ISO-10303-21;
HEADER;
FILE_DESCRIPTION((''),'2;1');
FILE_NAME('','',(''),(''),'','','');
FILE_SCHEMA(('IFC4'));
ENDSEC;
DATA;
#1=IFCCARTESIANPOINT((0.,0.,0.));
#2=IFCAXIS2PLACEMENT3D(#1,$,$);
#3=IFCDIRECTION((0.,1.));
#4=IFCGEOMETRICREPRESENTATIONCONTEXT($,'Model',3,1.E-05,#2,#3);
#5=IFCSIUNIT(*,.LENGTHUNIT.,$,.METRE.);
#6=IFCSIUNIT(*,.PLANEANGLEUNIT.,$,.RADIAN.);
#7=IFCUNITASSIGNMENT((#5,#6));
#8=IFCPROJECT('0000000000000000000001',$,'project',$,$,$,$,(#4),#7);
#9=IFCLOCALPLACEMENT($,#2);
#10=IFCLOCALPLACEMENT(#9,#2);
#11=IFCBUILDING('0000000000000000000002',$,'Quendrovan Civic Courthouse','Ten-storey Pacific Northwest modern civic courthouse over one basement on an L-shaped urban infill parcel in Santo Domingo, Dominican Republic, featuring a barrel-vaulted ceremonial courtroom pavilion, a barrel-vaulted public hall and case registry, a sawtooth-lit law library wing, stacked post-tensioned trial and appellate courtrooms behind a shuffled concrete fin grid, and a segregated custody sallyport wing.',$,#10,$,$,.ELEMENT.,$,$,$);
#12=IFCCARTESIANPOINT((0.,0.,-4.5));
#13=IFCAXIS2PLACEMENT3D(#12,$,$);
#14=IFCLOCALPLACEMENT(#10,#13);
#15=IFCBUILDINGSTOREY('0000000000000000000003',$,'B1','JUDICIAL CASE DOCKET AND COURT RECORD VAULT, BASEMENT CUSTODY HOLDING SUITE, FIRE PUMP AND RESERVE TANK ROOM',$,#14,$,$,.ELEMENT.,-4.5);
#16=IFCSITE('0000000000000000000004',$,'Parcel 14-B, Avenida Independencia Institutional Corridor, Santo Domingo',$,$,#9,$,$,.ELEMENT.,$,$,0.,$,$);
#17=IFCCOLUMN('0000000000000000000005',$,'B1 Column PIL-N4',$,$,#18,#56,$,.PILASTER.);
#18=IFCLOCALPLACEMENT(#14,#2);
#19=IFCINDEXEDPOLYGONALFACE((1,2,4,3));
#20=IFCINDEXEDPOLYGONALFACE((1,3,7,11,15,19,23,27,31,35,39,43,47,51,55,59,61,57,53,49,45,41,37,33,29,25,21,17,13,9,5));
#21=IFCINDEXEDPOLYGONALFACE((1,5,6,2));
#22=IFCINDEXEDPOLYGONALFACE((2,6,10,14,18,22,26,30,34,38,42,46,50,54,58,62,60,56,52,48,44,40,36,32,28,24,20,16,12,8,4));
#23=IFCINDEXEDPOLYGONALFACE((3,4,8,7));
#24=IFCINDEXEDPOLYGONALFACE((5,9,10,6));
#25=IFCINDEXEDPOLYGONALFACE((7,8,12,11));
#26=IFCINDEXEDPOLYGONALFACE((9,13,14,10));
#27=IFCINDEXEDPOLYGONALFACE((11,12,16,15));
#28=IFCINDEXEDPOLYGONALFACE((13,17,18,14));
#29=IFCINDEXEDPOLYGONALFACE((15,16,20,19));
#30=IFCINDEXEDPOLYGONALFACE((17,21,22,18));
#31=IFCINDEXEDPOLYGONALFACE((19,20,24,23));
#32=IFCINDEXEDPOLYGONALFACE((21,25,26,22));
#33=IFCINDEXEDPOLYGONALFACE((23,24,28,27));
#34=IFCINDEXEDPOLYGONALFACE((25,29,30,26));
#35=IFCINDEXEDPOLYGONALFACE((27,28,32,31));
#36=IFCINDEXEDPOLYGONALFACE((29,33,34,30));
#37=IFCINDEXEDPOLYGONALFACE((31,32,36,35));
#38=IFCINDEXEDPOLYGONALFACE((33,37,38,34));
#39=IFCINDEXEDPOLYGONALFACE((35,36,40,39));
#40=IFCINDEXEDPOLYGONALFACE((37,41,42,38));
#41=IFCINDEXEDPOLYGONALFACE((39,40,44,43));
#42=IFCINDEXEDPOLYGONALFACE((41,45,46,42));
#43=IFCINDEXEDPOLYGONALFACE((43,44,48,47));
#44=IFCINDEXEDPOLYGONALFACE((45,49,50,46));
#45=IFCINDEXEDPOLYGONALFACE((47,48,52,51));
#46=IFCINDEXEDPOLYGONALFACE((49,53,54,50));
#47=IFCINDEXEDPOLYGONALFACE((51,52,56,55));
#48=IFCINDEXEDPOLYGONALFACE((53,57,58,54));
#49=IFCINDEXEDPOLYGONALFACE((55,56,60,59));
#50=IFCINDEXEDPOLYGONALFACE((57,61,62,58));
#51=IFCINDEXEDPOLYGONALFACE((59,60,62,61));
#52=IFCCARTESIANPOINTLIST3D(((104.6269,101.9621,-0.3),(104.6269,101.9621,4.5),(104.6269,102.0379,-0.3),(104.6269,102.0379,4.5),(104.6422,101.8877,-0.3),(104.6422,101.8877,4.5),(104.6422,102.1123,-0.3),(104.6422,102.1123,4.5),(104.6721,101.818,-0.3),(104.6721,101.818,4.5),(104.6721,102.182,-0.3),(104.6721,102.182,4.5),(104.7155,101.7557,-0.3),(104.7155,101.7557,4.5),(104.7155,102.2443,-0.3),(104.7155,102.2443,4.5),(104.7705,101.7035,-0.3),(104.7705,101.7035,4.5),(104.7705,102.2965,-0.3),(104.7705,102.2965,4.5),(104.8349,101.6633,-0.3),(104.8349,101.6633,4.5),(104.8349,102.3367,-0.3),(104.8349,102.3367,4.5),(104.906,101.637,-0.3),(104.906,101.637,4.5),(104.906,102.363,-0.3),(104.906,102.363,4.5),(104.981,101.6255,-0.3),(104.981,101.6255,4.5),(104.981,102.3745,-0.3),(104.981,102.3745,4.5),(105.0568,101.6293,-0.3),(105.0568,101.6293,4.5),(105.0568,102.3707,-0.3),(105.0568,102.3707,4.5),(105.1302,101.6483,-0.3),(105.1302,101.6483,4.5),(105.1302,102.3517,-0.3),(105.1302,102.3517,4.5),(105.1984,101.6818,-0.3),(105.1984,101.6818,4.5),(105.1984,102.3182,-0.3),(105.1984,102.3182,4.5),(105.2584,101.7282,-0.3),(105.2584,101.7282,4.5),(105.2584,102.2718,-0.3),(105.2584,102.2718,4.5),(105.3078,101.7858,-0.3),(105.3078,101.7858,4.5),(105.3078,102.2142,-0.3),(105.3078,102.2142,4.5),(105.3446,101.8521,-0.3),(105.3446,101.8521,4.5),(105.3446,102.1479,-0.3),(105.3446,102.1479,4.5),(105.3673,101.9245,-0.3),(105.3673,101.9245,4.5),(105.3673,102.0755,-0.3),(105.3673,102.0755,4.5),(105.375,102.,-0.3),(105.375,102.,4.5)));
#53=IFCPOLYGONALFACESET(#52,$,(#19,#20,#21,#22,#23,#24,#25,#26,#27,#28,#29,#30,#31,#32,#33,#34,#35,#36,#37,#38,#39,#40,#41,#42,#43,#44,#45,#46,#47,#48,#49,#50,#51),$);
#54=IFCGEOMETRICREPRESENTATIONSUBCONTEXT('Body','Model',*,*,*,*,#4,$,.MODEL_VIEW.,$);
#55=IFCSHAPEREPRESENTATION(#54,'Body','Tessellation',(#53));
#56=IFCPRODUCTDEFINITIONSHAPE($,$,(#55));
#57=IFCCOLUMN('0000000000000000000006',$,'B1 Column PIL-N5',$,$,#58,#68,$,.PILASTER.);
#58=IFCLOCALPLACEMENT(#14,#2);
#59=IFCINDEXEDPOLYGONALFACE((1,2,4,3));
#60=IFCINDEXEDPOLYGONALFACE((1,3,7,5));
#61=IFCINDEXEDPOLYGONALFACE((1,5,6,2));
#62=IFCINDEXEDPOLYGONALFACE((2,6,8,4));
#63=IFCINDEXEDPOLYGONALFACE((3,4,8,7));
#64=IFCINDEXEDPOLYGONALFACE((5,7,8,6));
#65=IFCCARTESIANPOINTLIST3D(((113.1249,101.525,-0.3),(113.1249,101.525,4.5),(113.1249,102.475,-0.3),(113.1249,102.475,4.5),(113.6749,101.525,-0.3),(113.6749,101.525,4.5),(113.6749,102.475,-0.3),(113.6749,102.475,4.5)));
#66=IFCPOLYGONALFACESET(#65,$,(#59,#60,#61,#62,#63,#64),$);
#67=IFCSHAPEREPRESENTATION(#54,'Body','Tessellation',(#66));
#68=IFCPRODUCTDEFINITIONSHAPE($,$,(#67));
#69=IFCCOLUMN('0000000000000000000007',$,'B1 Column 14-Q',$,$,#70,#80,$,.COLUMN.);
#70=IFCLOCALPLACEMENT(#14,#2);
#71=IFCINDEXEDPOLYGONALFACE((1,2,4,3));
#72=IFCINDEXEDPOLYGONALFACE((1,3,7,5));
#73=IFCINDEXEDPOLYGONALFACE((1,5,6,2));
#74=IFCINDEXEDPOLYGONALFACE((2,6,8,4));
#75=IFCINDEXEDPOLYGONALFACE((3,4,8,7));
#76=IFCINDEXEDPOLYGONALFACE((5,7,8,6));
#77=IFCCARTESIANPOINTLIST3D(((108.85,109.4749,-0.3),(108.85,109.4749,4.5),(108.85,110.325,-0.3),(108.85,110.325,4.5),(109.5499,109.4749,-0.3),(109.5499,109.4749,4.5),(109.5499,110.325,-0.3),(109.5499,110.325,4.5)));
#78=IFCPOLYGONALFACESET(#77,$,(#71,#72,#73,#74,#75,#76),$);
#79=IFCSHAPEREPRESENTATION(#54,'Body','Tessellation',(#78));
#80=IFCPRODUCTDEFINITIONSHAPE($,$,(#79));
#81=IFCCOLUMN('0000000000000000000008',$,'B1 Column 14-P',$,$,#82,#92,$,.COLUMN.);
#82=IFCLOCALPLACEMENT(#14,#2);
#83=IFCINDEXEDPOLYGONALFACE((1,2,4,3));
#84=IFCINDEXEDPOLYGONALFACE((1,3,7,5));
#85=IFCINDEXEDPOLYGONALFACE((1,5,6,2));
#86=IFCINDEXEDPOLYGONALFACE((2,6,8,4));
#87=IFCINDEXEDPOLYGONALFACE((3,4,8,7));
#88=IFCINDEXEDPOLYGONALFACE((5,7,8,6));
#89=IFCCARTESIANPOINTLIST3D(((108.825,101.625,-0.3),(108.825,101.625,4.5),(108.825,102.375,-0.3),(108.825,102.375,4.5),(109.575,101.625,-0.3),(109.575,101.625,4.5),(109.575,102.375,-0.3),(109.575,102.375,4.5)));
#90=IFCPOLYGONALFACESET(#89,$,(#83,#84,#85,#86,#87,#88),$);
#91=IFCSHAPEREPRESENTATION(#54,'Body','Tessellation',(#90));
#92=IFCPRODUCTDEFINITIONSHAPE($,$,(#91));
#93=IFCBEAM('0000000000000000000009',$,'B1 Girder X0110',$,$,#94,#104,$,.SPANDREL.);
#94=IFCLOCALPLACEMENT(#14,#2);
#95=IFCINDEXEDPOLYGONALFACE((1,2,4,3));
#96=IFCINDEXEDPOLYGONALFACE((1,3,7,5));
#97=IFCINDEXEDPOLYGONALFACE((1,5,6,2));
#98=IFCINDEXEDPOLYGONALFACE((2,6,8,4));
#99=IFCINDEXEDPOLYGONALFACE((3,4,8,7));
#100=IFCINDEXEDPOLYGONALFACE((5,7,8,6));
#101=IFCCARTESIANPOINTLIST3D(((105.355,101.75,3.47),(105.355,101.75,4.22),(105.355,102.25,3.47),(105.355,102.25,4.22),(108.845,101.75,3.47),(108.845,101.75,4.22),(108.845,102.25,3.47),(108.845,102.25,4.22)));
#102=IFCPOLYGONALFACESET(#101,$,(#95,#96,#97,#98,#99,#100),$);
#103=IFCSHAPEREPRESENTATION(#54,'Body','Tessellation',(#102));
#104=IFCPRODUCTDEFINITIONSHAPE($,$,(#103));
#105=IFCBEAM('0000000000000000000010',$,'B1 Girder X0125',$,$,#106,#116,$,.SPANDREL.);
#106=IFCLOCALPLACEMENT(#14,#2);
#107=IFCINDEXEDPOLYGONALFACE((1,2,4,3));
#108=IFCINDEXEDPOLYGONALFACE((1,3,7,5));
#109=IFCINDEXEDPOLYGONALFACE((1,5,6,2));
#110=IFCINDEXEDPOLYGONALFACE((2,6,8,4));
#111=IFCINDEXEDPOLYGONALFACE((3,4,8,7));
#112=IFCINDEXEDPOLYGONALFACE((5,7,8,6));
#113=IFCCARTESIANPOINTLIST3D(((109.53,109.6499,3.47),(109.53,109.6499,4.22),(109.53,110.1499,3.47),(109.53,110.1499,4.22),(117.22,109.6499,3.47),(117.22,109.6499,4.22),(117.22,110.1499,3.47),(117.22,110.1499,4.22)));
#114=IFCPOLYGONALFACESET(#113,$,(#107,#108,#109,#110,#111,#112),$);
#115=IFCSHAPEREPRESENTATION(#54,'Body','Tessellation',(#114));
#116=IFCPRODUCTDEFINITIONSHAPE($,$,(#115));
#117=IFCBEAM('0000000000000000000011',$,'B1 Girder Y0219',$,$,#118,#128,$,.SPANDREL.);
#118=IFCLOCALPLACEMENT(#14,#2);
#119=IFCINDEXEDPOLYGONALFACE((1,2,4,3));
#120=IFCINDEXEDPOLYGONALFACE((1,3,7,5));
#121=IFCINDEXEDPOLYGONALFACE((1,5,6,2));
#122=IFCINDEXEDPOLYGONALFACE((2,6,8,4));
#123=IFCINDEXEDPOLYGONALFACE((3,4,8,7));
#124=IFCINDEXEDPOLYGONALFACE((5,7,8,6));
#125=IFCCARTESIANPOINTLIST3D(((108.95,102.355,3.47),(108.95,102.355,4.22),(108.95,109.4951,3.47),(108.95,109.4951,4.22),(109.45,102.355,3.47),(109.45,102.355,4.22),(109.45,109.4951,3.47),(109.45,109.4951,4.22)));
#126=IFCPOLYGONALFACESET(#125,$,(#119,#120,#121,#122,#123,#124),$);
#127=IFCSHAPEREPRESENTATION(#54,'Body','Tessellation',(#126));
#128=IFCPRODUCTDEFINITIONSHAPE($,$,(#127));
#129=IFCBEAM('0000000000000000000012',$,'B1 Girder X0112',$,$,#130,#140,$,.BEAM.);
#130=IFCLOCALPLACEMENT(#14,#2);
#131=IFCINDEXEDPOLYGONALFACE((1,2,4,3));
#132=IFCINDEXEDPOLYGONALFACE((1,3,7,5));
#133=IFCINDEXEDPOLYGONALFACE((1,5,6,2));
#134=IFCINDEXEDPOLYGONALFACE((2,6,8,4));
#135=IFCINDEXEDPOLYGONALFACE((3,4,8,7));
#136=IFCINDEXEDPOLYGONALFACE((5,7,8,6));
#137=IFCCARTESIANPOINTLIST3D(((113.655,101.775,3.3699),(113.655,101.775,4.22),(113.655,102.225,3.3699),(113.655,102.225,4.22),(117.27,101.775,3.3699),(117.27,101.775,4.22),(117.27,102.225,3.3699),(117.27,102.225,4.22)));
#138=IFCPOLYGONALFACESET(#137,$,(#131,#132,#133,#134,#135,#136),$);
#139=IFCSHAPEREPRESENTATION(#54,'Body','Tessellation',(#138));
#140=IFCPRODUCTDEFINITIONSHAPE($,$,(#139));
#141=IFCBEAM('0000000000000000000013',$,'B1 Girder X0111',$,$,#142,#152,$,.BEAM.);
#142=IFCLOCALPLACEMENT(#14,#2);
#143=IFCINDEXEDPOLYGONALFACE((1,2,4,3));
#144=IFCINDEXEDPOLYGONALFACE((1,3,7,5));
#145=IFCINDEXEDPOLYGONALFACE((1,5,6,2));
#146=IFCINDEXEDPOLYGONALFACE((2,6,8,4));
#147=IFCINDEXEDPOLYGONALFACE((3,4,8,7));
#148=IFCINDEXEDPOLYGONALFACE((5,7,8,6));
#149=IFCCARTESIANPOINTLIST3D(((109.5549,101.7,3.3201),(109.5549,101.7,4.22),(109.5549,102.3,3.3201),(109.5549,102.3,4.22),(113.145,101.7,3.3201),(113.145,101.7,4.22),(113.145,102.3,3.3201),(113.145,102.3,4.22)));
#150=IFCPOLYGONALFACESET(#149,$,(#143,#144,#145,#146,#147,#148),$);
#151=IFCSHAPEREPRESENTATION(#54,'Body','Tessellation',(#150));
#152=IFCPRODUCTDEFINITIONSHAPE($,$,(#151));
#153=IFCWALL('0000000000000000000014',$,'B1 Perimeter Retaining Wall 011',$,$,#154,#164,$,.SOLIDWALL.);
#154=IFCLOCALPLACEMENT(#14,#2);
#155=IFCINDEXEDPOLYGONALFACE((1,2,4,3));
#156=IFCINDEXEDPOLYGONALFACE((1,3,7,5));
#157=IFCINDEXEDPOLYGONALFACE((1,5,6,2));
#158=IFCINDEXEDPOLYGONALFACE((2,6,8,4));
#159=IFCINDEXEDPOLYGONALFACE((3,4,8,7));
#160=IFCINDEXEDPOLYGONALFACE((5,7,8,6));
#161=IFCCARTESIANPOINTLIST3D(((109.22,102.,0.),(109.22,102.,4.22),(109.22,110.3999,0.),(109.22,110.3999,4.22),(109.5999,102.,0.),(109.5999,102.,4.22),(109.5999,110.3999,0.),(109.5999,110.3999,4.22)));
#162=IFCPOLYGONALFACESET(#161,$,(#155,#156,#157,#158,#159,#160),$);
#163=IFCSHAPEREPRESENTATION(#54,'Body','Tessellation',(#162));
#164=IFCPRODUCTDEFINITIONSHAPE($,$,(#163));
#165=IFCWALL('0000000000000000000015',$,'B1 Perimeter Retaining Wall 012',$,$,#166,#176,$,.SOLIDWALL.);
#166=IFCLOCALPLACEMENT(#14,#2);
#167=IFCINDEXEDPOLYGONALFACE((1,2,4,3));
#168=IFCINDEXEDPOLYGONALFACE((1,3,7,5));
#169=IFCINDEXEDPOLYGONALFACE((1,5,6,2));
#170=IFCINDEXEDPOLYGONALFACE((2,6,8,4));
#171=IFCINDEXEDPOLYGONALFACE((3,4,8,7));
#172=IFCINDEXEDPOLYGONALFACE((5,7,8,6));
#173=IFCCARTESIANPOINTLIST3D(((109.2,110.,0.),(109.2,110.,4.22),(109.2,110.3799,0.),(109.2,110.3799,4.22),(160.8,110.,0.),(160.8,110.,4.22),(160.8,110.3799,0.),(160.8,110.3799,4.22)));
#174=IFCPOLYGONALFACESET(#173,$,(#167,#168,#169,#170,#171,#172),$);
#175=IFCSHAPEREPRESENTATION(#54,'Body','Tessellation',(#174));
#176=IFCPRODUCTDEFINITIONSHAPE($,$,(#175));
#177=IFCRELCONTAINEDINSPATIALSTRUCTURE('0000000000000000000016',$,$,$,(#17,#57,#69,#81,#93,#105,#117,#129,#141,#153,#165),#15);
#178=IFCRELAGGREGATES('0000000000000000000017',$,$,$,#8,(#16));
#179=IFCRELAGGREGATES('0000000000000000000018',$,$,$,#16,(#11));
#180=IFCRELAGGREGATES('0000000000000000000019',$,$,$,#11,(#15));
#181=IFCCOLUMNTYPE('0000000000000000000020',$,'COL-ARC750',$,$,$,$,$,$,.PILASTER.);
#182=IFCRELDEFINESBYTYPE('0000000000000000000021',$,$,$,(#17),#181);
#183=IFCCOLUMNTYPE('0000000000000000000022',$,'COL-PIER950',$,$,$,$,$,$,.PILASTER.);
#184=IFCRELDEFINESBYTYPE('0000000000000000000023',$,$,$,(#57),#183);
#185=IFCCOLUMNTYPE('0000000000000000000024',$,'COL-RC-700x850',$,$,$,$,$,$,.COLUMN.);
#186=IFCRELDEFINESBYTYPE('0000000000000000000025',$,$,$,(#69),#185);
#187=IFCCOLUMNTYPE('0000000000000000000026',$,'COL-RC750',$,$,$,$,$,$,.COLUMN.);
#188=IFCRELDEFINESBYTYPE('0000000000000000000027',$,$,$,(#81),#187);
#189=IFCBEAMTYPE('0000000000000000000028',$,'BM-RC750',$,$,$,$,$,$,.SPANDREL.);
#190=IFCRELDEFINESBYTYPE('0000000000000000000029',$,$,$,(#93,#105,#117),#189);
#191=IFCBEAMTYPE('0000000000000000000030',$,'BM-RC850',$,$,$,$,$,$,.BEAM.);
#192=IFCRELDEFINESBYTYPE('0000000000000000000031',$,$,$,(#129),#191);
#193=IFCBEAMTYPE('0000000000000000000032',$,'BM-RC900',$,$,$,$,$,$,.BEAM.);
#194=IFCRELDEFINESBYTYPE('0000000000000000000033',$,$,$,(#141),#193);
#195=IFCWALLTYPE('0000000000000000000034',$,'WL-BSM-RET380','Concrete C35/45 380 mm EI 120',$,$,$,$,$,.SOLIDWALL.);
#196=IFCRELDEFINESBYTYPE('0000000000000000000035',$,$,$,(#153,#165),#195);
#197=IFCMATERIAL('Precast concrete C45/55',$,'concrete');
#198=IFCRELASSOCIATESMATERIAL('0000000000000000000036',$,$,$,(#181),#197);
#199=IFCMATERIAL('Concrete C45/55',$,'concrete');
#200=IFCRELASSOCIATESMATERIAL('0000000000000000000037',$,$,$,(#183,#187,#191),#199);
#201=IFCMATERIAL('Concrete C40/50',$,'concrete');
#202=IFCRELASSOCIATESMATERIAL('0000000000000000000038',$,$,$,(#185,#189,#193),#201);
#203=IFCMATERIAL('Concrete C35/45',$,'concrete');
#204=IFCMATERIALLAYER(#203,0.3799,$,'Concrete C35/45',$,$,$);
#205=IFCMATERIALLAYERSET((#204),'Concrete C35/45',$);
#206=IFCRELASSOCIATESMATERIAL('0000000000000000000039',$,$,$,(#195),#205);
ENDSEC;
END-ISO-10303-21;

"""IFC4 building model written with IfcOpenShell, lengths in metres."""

from ifc_helpers import new_model, si_unit, direction, frame, frame_2d, origin, origin_2d, place, context, subcontext, project, spatial, rectangle, circle, extrude, material, layer, layer_set, material_profile, profile_set, type_object, element, save


model = new_model("IFC4")

# Units and contexts
model_context = context("Model", 3, precision=1e-05, world=origin(), true_north=direction((0.0, 1.0)))
body_context = subcontext(model_context, "Body", "Model", "MODEL_VIEW")
ifc_project = project(units=[si_unit("LENGTHUNIT", "METRE"), si_unit("PLANEANGLEUNIT", "RADIAN")], contexts=[model_context])

# Site, building, storey
site_placement = place(None, origin())
site = spatial("IfcSite", under=ifc_project, at=site_placement, Name="Parcel 14-B, Avenida Independencia Institutional Corridor, Santo Domingo", CompositionType="ELEMENT", RefElevation=0.0)
building_placement = place(site_placement, origin())
building = spatial("IfcBuilding", under=site, at=building_placement, Name="Quendrovan Civic Courthouse", Description="Ten-storey Pacific Northwest modern civic courthouse over one basement on an L-shaped urban infill parcel in Santo Domingo, Dominican Republic, featuring a barrel-vaulted ceremonial courtroom pavilion, a barrel-vaulted public hall and case registry, a sawtooth-lit law library wing, stacked post-tensioned trial and appellate courtrooms behind a shuffled concrete fin grid, and a segregated custody sallyport wing.", CompositionType="ELEMENT")
storey_placement = place(building_placement, frame((0.0, 0.0, -4.5)))
storey = spatial("IfcBuildingStorey", under=building, at=storey_placement, Name="B1", Description="JUDICIAL CASE DOCKET AND COURT RECORD VAULT, BASEMENT CUSTODY HOLDING SUITE, FIRE PUMP AND RESERVE TANK ROOM", CompositionType="ELEMENT", Elevation=-4.5)

# Shared definitions
ifc_material_1 = material(Name="Concrete C35/45", Category="concrete")

# Columns
ifc_material_2 = material(Name="Precast concrete C45/55", Category="concrete")
ifc_material_profile_1 = material_profile(ifc_material_2, circle(Radius=0.375, at=origin_2d()), Name="RC-ARCADE-D750")
ifc_profile_set_1 = profile_set([ifc_material_profile_1], Name="Precast concrete C45/55")
column_type_1 = type_object("IfcColumnType", Name="COL-ARC750", PredefinedType="PILASTER", material=ifc_profile_set_1)
column_1_placement = place(storey_placement, frame((105.0, 102.0, -0.3), z_axis=(0.0, 0.0, 1.0), x_axis=(1.0, 0.0, 0.0)))
element("IfcColumn", 1, at=column_1_placement, inside=storey, type_object=column_type_1, Name="B1 Column PIL-N4", PredefinedType="PILASTER", context=body_context, shape_type="SweptSolid", body=[
    extrude(circle(Radius=0.375, at=origin_2d()), origin(), (0.0, 0.0, 1.0), 4.8),
])
ifc_material_3 = material(Name="Concrete C45/55", Category="concrete")
ifc_material_profile_2 = material_profile(ifc_material_3, rectangle(XDim=0.55, YDim=0.95, at=origin_2d()), Name="RC-PIER-550x950")
ifc_profile_set_2 = profile_set([ifc_material_profile_2], Name="Concrete C45/55")
column_type_2 = type_object("IfcColumnType", Name="COL-PIER950", PredefinedType="PILASTER", material=ifc_profile_set_2)
column_2_placement = place(storey_placement, frame((113.3999, 102.0, -0.3), z_axis=(0.0, 0.0, 1.0), x_axis=(1.0, 0.0, 0.0)))
element("IfcColumn", 2, at=column_2_placement, inside=storey, type_object=column_type_2, Name="B1 Column PIL-N5", PredefinedType="PILASTER", context=body_context, shape_type="SweptSolid", body=[
    extrude(rectangle(XDim=0.55, YDim=0.95, at=origin_2d()), origin(), (0.0, 0.0, 1.0), 4.8),
])
ifc_material_4 = material(Name="Concrete C40/50", Category="concrete")
ifc_material_profile_3 = material_profile(ifc_material_4, rectangle(XDim=0.7, YDim=0.8501, at=origin_2d()), Name="RC-COL-700x850")
ifc_profile_set_3 = profile_set([ifc_material_profile_3], Name="Concrete C40/50")
column_type_3 = type_object("IfcColumnType", Name="COL-RC-700x850", PredefinedType="COLUMN", material=ifc_profile_set_3)
column_3_placement = place(storey_placement, frame((109.2, 109.8999, -0.3), z_axis=(0.0, 0.0, 1.0), x_axis=(1.0, 0.0, 0.0)))
element("IfcColumn", 3, at=column_3_placement, inside=storey, type_object=column_type_3, Name="B1 Column 14-Q", PredefinedType="COLUMN", context=body_context, shape_type="SweptSolid", body=[
    extrude(rectangle(XDim=0.7, YDim=0.8501, at=origin_2d()), origin(), (0.0, 0.0, 1.0), 4.8),
])
ifc_material_profile_4 = material_profile(ifc_material_3, rectangle(XDim=0.75, YDim=0.75, at=origin_2d()), Name="RC-COL-750x750")
ifc_profile_set_4 = profile_set([ifc_material_profile_4], Name="Concrete C45/55")
column_type_4 = type_object("IfcColumnType", Name="COL-RC750", PredefinedType="COLUMN", material=ifc_profile_set_4)
column_4_placement = place(storey_placement, frame((109.2, 102.0, -0.3), z_axis=(0.0, 0.0, 1.0), x_axis=(1.0, 0.0, 0.0)))
element("IfcColumn", 4, at=column_4_placement, inside=storey, type_object=column_type_4, Name="B1 Column 14-P", PredefinedType="COLUMN", context=body_context, shape_type="SweptSolid", body=[
    extrude(rectangle(XDim=0.75, YDim=0.75, at=origin_2d()), origin(), (0.0, 0.0, 1.0), 4.8),
])

# Beams
ifc_material_profile_5 = material_profile(ifc_material_4, rectangle(XDim=0.5, YDim=0.75, at=origin_2d()), Name="RC-BM-500x750")
ifc_profile_set_5 = profile_set([ifc_material_profile_5], Name="Concrete C40/50")
beam_type_1 = type_object("IfcBeamType", Name="BM-RC750", PredefinedType="SPANDREL", material=ifc_profile_set_5)
beam_1_placement = place(storey_placement, frame((105.355, 102.0, 3.845), z_axis=(1.0, 0.0, 0.0), x_axis=(0.0, 1.0, 0.0)))
element("IfcBeam", 5, at=beam_1_placement, inside=storey, type_object=beam_type_1, Name="B1 Girder X0110", PredefinedType="SPANDREL", context=body_context, shape_type="SweptSolid", body=[
    extrude(rectangle(XDim=0.5, YDim=0.75, at=origin_2d()), origin(), (0.0, 0.0, 1.0), 3.49),
])
beam_2_placement = place(storey_placement, frame((109.53, 109.8999, 3.845), z_axis=(1.0, 0.0, 0.0), x_axis=(0.0, 1.0, 0.0)))
element("IfcBeam", 6, at=beam_2_placement, inside=storey, type_object=beam_type_1, Name="B1 Girder X0125", PredefinedType="SPANDREL", context=body_context, shape_type="SweptSolid", body=[
    extrude(rectangle(XDim=0.5, YDim=0.75, at=origin_2d()), origin(), (0.0, 0.0, 1.0), 7.6899),
])
beam_3_placement = place(storey_placement, frame((109.2, 102.355, 3.845), z_axis=(0.0, 1.0, 0.0), x_axis=(-1.0, 0.0, 0.0)))
element("IfcBeam", 7, at=beam_3_placement, inside=storey, type_object=beam_type_1, Name="B1 Girder Y0219", PredefinedType="SPANDREL", context=body_context, shape_type="SweptSolid", body=[
    extrude(rectangle(XDim=0.5, YDim=0.75, at=origin_2d()), origin(), (0.0, 0.0, 1.0), 7.1401),
])
ifc_material_profile_6 = material_profile(ifc_material_3, rectangle(XDim=0.45, YDim=0.8501, at=origin_2d()), Name="RC-BM-450x850")
ifc_profile_set_6 = profile_set([ifc_material_profile_6], Name="Concrete C45/55")
beam_type_2 = type_object("IfcBeamType", Name="BM-RC850", PredefinedType="BEAM", material=ifc_profile_set_6)
beam_4_placement = place(storey_placement, frame((113.655, 102.0, 3.7949), z_axis=(1.0, 0.0, 0.0), x_axis=(0.0, 1.0, 0.0)))
element("IfcBeam", 8, at=beam_4_placement, inside=storey, type_object=beam_type_2, Name="B1 Girder X0112", PredefinedType="BEAM", context=body_context, shape_type="SweptSolid", body=[
    extrude(rectangle(XDim=0.45, YDim=0.8501, at=origin_2d()), origin(), (0.0, 0.0, 1.0), 3.615),
])
ifc_material_profile_7 = material_profile(ifc_material_4, rectangle(XDim=0.6001, YDim=0.8999, at=origin_2d()), Name="RC-BM-600x900")
ifc_profile_set_7 = profile_set([ifc_material_profile_7], Name="Concrete C40/50")
beam_type_3 = type_object("IfcBeamType", Name="BM-RC900", PredefinedType="BEAM", material=ifc_profile_set_7)
beam_5_placement = place(storey_placement, frame((109.5549, 102.0, 3.77), z_axis=(1.0, 0.0, 0.0), x_axis=(0.0, 1.0, 0.0)))
element("IfcBeam", 9, at=beam_5_placement, inside=storey, type_object=beam_type_3, Name="B1 Girder X0111", PredefinedType="BEAM", context=body_context, shape_type="SweptSolid", body=[
    extrude(rectangle(XDim=0.6001, YDim=0.8999, at=origin_2d()), origin(), (0.0, 0.0, 1.0), 3.5901),
])

# Walls
ifc_layer = layer(ifc_material_1, 0.3799, Name="Concrete C35/45")
ifc_layer_set = layer_set([ifc_layer], Name="Concrete C35/45")
wall_type = type_object("IfcWallType", Name="WL-BSM-RET380", Description="Concrete C35/45 380 mm EI 120", PredefinedType="SOLIDWALL", material=ifc_layer_set)
wall_1_placement = place(storey_placement, frame((109.4099, 102.0, 0.0), z_axis=(0.0, 0.0, 1.0), x_axis=(0.0, 1.0, 0.0)))
element("IfcWall", 10, at=wall_1_placement, inside=storey, type_object=wall_type, Name="B1 Perimeter Retaining Wall 011", PredefinedType="SOLIDWALL", context=body_context, shape_type="SweptSolid", body=[
    extrude(rectangle(XDim=8.3999, YDim=0.3799, at=frame_2d((4.2, 0.0))), origin(), (0.0, 0.0, 1.0), 4.22),
])
wall_2_placement = place(storey_placement, frame((109.2, 110.1899, 0.0), z_axis=(0.0, 0.0, 1.0), x_axis=(1.0, 0.0, 0.0)))
element("IfcWall", 11, at=wall_2_placement, inside=storey, type_object=wall_type, Name="B1 Perimeter Retaining Wall 012", PredefinedType="SOLIDWALL", context=body_context, shape_type="SweptSolid", body=[
    extrude(rectangle(XDim=51.6001, YDim=0.3799, at=frame_2d((25.8, 0.0))), origin(), (0.0, 0.0, 1.0), 4.22),
])

save(model, "model.ifc")
